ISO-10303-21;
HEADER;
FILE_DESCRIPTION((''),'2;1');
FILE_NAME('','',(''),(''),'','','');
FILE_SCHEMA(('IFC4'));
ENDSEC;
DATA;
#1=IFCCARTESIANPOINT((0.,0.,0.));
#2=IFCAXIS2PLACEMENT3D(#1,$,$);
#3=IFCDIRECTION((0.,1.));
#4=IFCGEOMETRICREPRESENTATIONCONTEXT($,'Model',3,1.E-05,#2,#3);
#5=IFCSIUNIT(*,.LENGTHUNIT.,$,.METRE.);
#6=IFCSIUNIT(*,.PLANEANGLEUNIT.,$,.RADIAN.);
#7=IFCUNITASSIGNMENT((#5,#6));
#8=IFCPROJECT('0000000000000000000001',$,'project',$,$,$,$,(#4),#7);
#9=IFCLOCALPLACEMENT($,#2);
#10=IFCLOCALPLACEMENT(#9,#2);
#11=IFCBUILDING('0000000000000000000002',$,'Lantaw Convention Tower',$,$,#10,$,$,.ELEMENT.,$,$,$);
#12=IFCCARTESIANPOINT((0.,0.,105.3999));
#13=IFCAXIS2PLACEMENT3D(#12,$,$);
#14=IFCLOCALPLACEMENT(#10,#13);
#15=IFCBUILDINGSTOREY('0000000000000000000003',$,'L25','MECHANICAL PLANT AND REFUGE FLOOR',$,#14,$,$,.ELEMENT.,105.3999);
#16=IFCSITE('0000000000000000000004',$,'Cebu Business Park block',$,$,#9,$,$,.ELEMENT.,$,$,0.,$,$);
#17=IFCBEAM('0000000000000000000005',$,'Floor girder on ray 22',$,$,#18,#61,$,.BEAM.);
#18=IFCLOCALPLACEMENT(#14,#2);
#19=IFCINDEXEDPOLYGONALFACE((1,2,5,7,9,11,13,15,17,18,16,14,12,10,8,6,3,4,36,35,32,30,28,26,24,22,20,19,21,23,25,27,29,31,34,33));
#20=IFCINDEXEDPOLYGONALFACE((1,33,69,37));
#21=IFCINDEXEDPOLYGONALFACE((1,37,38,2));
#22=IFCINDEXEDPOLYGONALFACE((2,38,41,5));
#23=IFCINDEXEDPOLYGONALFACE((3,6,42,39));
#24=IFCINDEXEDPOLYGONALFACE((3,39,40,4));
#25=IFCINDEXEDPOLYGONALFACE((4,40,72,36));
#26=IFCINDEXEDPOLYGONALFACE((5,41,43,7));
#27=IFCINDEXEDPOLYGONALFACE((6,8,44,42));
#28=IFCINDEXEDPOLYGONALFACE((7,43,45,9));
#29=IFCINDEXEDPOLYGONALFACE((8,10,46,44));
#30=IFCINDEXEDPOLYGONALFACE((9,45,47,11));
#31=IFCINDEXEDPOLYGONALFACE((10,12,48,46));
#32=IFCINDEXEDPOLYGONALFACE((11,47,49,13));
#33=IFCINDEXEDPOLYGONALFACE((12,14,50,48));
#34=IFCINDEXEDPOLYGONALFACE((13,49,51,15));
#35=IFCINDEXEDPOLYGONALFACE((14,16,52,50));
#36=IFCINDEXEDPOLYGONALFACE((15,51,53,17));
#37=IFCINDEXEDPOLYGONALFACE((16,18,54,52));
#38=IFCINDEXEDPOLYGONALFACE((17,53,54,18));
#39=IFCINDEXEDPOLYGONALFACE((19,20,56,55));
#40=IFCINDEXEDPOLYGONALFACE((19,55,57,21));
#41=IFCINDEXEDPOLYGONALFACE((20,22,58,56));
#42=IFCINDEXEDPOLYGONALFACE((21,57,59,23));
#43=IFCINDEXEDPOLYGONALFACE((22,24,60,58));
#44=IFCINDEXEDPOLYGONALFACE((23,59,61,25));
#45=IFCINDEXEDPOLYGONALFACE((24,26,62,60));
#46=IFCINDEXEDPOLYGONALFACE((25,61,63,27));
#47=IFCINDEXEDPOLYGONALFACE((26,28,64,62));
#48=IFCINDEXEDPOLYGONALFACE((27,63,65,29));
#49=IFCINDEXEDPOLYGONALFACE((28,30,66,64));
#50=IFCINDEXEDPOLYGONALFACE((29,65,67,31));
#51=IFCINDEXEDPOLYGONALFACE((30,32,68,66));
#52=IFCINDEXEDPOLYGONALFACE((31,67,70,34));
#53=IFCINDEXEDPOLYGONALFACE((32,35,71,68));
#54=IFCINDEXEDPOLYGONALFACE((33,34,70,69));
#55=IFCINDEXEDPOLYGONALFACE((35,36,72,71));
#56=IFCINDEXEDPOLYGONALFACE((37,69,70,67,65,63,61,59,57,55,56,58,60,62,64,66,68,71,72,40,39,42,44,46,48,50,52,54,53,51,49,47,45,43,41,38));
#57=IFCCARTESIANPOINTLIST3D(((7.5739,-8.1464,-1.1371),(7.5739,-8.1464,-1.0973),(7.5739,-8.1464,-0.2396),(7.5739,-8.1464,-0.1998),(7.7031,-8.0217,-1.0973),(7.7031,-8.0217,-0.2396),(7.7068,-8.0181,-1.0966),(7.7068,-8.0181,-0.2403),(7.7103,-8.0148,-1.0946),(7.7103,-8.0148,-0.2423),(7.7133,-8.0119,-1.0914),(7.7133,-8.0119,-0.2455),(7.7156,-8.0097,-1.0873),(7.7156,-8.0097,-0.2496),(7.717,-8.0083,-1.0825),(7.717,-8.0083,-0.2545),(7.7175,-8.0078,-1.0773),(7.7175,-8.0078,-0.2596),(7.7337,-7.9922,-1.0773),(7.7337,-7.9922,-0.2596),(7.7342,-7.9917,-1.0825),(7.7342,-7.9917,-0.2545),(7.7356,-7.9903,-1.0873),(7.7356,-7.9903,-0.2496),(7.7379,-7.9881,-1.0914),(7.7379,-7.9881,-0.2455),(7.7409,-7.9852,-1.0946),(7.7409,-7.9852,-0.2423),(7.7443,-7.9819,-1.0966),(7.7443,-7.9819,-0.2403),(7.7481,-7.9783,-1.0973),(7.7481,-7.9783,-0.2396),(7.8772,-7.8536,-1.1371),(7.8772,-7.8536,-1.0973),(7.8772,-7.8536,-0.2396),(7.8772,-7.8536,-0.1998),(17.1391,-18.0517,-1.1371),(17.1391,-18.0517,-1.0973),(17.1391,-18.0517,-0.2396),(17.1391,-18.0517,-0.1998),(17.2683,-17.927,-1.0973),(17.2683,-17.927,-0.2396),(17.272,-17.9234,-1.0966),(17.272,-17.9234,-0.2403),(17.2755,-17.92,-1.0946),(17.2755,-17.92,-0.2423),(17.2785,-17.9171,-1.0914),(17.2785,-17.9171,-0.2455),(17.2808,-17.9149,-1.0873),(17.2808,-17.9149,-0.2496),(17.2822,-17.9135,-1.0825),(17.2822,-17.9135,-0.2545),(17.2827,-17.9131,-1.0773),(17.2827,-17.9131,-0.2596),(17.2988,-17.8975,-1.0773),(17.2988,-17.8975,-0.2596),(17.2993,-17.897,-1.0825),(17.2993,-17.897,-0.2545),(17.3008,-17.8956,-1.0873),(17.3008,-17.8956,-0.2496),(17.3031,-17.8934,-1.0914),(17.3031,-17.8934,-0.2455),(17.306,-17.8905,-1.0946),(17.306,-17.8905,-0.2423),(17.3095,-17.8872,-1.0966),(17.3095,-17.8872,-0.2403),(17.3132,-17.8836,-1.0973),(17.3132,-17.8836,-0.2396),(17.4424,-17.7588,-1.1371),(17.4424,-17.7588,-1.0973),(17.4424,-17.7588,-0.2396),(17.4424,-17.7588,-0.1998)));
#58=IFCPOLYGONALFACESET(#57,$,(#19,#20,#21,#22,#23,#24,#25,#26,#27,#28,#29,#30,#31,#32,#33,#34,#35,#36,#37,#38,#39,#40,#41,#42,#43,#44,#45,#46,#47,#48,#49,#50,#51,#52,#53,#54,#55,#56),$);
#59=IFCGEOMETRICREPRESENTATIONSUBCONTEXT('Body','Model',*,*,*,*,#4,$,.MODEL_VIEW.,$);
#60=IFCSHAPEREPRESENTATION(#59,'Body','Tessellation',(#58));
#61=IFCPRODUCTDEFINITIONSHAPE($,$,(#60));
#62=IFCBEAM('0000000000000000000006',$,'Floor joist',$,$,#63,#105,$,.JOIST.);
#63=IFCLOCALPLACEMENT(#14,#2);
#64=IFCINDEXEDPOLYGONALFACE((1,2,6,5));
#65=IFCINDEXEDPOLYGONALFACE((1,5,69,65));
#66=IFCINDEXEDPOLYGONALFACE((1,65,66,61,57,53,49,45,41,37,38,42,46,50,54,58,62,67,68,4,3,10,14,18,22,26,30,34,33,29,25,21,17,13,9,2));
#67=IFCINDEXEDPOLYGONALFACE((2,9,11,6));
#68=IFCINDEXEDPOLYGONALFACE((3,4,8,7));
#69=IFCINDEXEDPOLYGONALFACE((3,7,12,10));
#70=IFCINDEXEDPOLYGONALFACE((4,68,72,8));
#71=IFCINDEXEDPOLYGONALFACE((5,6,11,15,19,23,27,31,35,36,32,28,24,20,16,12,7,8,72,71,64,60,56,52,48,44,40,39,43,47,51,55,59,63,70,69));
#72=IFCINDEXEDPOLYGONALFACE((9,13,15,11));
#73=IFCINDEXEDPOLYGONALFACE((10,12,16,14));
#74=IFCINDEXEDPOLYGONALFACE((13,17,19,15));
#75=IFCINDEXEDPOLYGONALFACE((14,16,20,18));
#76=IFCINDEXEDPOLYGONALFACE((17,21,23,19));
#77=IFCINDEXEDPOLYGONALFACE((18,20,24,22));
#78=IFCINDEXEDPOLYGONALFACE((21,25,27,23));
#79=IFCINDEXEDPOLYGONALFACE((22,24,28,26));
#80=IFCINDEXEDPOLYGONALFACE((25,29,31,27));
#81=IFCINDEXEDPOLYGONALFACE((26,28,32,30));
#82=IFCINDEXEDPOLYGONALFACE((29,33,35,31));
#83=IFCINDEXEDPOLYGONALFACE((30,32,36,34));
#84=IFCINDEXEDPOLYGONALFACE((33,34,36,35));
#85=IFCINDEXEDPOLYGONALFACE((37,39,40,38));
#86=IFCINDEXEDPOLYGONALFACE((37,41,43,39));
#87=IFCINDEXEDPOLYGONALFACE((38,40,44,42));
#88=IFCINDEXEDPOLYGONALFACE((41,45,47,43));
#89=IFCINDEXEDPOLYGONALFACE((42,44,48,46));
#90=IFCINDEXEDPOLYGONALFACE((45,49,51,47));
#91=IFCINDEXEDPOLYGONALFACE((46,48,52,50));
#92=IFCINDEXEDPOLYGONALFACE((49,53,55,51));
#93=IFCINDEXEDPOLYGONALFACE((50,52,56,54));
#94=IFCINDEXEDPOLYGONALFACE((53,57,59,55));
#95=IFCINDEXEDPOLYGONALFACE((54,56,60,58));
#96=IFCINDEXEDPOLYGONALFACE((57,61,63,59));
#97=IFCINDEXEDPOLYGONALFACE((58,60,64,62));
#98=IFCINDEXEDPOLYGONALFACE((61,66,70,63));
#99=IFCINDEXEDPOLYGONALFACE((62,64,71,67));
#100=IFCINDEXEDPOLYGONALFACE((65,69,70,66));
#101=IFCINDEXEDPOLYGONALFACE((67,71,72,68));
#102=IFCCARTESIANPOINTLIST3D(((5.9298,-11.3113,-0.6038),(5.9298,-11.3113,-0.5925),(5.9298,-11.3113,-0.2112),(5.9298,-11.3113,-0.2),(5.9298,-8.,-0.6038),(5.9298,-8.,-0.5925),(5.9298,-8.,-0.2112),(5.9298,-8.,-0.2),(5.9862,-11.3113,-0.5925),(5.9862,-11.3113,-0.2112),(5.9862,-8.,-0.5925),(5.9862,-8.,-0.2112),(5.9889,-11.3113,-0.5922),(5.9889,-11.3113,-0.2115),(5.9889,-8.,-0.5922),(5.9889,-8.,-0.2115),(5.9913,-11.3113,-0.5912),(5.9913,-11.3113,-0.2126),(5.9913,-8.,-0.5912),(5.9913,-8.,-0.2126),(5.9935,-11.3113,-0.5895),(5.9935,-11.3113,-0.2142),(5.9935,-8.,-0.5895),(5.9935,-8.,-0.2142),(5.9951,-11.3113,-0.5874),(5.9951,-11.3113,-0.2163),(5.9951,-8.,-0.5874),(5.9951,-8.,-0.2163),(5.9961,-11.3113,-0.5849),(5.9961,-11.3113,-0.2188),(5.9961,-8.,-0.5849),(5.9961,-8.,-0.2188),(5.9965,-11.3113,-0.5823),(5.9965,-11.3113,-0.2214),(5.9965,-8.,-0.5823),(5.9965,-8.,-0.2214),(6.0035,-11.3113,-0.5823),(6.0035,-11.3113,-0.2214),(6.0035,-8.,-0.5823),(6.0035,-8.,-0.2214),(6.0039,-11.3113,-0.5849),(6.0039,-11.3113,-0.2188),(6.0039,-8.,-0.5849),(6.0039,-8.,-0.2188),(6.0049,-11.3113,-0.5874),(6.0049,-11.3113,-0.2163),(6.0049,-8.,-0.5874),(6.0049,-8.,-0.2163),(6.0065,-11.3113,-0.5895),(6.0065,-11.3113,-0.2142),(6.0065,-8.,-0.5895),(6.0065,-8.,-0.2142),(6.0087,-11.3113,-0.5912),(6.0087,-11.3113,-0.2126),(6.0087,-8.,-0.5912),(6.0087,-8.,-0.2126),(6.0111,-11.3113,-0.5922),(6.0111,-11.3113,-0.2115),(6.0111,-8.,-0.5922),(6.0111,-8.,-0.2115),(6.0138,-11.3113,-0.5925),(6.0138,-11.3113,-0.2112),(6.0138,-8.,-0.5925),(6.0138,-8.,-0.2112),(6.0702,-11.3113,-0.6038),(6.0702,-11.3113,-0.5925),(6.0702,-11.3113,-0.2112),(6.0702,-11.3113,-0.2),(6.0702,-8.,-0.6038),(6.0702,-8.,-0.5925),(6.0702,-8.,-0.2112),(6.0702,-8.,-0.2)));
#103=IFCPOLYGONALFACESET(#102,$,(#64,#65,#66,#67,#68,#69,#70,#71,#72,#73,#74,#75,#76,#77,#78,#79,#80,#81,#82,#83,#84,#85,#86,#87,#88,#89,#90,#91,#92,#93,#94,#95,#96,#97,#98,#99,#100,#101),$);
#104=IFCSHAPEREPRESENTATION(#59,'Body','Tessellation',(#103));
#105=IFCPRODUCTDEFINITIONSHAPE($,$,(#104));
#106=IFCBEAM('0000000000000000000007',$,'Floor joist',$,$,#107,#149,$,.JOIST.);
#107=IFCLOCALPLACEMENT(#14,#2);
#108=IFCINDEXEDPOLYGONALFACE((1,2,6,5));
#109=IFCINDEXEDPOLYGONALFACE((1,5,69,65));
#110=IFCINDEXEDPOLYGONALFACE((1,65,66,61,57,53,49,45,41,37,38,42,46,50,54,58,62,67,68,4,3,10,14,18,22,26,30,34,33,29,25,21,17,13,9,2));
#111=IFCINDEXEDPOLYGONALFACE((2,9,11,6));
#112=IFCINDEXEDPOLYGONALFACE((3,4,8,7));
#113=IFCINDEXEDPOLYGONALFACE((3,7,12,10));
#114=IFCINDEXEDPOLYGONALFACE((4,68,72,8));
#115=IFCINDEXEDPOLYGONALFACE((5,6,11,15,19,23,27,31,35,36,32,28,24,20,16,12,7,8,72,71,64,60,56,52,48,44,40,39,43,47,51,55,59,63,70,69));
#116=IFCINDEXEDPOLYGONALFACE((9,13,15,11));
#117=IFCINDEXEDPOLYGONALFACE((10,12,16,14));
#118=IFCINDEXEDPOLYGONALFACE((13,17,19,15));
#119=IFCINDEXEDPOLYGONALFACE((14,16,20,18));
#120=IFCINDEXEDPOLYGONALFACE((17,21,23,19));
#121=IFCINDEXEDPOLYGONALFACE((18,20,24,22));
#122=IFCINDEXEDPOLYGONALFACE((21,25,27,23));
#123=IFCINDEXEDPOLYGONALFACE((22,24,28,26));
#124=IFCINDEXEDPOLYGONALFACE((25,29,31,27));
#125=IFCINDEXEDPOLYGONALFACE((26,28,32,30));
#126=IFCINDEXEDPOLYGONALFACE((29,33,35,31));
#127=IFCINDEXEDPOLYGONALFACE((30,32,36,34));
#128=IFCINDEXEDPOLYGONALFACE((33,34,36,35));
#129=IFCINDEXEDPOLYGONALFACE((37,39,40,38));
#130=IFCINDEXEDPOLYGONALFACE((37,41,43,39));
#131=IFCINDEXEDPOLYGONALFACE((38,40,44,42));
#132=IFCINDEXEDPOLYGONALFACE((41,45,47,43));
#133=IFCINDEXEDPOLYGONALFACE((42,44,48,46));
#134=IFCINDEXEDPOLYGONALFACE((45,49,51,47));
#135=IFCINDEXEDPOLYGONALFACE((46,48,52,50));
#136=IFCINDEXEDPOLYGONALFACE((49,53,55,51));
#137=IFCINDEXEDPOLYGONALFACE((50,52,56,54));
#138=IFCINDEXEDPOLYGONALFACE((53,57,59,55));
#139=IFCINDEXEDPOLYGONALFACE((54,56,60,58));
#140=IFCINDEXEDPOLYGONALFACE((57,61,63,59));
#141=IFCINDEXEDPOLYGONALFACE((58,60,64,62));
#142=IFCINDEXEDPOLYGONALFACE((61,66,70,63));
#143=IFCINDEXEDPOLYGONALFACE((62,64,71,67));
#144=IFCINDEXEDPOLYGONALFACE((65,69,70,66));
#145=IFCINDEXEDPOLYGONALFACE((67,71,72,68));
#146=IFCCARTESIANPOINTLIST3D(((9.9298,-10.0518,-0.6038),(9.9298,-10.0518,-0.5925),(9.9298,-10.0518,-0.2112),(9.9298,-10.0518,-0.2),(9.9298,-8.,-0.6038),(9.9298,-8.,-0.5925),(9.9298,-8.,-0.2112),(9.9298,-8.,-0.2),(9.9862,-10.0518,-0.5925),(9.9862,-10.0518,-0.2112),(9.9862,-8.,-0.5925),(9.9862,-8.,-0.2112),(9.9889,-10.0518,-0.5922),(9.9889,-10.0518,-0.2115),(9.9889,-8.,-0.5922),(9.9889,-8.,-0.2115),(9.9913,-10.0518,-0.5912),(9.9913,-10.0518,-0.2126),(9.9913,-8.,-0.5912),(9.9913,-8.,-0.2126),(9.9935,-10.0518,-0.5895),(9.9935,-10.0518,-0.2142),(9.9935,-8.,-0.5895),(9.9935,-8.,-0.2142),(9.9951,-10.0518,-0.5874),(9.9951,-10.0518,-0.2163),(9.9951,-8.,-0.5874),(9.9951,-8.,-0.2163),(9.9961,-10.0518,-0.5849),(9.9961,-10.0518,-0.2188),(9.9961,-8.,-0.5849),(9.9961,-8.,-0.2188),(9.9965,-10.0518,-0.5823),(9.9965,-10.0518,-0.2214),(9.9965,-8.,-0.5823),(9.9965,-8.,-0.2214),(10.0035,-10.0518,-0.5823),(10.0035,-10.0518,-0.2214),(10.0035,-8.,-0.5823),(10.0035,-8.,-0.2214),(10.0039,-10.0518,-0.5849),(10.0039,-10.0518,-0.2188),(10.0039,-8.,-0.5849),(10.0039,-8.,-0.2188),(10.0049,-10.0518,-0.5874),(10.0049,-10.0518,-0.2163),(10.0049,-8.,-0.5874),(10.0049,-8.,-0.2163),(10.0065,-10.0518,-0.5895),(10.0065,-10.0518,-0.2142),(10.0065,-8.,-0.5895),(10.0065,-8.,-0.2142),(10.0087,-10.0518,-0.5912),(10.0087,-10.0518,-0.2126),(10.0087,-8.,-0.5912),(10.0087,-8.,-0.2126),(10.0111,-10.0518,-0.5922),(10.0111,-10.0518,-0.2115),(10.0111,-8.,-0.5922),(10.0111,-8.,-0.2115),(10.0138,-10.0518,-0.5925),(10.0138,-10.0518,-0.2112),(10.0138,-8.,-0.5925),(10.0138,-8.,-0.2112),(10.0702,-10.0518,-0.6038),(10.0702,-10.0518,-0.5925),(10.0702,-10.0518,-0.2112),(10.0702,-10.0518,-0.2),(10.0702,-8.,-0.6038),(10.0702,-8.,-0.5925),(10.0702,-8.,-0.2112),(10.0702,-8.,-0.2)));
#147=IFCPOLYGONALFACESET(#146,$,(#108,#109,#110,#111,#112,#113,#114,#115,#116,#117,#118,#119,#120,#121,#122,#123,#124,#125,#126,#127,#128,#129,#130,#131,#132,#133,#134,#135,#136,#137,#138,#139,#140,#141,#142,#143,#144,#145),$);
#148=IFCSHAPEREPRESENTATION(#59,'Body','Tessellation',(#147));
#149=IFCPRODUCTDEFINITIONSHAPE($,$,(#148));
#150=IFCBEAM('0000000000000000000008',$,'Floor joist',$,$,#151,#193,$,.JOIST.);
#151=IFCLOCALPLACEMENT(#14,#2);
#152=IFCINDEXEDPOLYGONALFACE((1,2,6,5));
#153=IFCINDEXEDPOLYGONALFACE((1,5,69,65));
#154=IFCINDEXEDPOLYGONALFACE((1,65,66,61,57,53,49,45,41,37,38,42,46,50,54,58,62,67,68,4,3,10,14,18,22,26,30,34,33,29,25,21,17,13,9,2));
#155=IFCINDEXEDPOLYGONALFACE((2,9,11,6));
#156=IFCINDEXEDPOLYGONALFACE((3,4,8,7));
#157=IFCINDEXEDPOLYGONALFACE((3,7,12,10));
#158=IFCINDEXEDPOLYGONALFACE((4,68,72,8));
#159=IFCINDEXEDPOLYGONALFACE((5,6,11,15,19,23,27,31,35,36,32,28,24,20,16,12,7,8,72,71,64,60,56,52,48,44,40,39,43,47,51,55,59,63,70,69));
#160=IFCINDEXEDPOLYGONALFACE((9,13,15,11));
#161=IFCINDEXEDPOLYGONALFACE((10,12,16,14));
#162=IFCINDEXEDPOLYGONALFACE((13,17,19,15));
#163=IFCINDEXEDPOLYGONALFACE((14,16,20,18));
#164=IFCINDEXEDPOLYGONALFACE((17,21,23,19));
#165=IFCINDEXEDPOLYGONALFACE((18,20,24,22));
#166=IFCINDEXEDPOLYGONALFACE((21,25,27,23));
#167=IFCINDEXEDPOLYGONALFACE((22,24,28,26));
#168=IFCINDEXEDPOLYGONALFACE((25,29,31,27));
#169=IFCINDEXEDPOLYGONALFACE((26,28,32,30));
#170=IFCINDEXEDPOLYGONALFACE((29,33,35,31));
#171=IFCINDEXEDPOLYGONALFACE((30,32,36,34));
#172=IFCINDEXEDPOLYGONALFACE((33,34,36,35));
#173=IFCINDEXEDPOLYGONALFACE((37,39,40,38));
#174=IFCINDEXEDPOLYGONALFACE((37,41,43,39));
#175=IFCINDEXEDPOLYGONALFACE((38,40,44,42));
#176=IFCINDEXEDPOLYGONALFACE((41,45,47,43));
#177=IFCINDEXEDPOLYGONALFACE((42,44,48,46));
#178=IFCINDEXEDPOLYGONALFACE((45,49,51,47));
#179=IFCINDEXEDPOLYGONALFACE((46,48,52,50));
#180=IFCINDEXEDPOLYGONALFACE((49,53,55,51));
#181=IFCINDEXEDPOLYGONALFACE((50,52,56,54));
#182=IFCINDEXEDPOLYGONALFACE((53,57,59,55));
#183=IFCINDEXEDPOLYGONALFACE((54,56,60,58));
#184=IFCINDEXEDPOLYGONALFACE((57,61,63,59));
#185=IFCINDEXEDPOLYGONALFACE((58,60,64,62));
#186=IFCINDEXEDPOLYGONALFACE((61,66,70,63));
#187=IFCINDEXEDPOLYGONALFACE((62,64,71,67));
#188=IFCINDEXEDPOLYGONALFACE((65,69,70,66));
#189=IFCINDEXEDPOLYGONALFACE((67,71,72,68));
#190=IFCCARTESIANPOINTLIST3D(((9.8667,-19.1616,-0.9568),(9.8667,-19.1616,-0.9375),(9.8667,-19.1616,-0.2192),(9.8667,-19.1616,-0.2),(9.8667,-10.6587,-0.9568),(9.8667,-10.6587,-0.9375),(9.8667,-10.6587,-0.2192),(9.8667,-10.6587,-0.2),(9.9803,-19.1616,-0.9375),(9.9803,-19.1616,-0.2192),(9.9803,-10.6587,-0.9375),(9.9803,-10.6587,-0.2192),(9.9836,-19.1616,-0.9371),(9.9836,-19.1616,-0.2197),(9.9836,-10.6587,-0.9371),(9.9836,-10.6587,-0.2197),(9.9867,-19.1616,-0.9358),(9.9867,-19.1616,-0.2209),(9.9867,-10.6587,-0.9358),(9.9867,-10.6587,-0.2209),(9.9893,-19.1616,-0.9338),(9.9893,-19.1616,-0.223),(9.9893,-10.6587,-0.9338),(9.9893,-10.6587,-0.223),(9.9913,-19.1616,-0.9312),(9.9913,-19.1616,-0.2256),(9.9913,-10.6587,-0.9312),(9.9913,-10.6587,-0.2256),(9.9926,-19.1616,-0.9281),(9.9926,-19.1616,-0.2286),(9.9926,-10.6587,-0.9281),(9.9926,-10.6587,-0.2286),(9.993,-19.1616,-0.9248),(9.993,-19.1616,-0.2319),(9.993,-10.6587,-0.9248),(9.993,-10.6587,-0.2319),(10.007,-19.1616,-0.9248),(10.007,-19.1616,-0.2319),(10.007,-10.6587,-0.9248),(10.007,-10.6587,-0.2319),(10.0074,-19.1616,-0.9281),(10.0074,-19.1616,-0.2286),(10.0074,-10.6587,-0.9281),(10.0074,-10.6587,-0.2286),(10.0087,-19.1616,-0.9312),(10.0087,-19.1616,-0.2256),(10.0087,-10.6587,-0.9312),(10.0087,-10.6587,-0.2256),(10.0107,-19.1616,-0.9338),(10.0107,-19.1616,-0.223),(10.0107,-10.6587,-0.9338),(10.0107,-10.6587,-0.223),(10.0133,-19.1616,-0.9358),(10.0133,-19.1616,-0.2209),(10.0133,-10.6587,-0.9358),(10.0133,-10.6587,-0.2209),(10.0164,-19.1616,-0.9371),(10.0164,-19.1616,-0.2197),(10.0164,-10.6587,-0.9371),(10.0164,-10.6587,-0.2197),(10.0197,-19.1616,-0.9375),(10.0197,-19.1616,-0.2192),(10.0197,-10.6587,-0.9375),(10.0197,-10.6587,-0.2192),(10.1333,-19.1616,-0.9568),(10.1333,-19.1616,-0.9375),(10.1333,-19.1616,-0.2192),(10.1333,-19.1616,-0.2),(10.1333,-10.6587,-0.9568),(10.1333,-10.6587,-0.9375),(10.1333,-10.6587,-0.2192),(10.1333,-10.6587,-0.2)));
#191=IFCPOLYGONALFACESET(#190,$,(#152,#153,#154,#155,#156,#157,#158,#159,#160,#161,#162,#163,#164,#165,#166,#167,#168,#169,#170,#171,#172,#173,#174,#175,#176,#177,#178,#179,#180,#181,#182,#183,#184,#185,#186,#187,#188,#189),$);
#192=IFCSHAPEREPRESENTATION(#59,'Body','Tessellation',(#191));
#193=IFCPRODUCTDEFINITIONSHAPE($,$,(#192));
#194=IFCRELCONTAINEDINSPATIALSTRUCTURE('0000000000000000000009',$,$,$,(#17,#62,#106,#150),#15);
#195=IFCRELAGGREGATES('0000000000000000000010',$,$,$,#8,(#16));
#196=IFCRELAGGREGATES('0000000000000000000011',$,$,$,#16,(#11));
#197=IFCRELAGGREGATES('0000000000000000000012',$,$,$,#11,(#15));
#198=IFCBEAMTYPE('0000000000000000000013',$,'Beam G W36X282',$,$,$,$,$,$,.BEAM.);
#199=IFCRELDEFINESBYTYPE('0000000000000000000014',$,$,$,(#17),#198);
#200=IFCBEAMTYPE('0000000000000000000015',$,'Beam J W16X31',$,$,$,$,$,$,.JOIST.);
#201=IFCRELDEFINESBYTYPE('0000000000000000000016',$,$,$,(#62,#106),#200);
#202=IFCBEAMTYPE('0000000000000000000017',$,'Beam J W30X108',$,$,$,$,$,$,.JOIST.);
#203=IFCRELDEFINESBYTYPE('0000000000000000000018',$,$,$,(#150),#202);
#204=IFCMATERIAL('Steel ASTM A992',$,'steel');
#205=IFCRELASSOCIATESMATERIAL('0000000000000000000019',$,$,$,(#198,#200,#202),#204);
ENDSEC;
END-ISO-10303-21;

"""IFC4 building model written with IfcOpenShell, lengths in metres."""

from ifc_helpers import new_model, si_unit, direction, frame, origin, origin_2d, place, context, subcontext, project, spatial, i_section, extrude, material, material_profile, profile_set, type_object, element, save


model = new_model("IFC4")

# Units and contexts
model_context = context("Model", 3, precision=1e-05, world=origin(), true_north=direction((0.0, 1.0)))
body_context = subcontext(model_context, "Body", "Model", "MODEL_VIEW")
ifc_project = project(units=[si_unit("LENGTHUNIT", "METRE"), si_unit("PLANEANGLEUNIT", "RADIAN")], contexts=[model_context])

# Site, building, storey
site_placement = place(None, origin())
site = spatial("IfcSite", under=ifc_project, at=site_placement, Name="Cebu Business Park block", CompositionType="ELEMENT", RefElevation=0.0)
building_placement = place(site_placement, origin())
building = spatial("IfcBuilding", under=site, at=building_placement, Name="Lantaw Convention Tower", CompositionType="ELEMENT")
storey_placement = place(building_placement, frame((0.0, 0.0, 105.3999)))
storey = spatial("IfcBuildingStorey", under=building, at=storey_placement, Name="L25", Description="MECHANICAL PLANT AND REFUGE FLOOR", CompositionType="ELEMENT", Elevation=105.3999)

# Beams
ifc_material_1 = material(Name="Steel ASTM A992", Category="steel")
ifc_material_profile_1 = material_profile(ifc_material_1, i_section(OverallWidth=0.4216, OverallDepth=0.9373, WebThickness=0.0225, FlangeThickness=0.0398, FilletRadius=0.02, at=origin_2d()), Name="W36X282")
ifc_profile_set_1 = profile_set([ifc_material_profile_1], Name="Steel ASTM A992")
beam_type_1 = type_object("IfcBeamType", Name="Beam G W36X282", PredefinedType="BEAM", material=ifc_profile_set_1)
beam_1_placement = place(storey_placement, frame((7.7256, -8.0, -0.6685), z_axis=(0.69465, -0.719348, 0.0), x_axis=(0.719348, 0.69465, 0.0)))
element("IfcBeam", 1, at=beam_1_placement, inside=storey, type_object=beam_type_1, Name="Floor girder on ray 22", PredefinedType="BEAM", context=body_context, shape_type="SweptSolid", body=[
    extrude(i_section(OverallWidth=0.4216, OverallDepth=0.9373, WebThickness=0.0225, FlangeThickness=0.0398, FilletRadius=0.02, at=origin_2d()), origin(), (0.0, 0.0, 1.0), 13.7698),
])
ifc_material_profile_2 = material_profile(ifc_material_1, i_section(OverallWidth=0.1404, OverallDepth=0.4038, WebThickness=0.0071, FlangeThickness=0.0112, FilletRadius=0.0103, at=origin_2d()), Name="W16X31")
ifc_profile_set_2 = profile_set([ifc_material_profile_2], Name="Steel ASTM A992")
beam_type_2 = type_object("IfcBeamType", Name="Beam J W16X31", PredefinedType="JOIST", material=ifc_profile_set_2)
beam_2_placement = place(storey_placement, frame((6.0, -11.3113, -0.4019), z_axis=(0.0, 1.0, 0.0), x_axis=(-1.0, 0.0, 0.0)))
element("IfcBeam", 2, at=beam_2_placement, inside=storey, type_object=beam_type_2, Name="Floor joist", PredefinedType="JOIST", context=body_context, shape_type="SweptSolid", body=[
    extrude(i_section(OverallWidth=0.1404, OverallDepth=0.4038, WebThickness=0.0071, FlangeThickness=0.0112, FilletRadius=0.0103, at=origin_2d()), origin(), (0.0, 0.0, 1.0), 3.3113),
])
beam_3_placement = place(storey_placement, frame((10.0, -10.0518, -0.4019), z_axis=(0.0, 1.0, 0.0), x_axis=(-1.0, 0.0, 0.0)))
element("IfcBeam", 3, at=beam_3_placement, inside=storey, type_object=beam_type_2, Name="Floor joist", PredefinedType="JOIST", context=body_context, shape_type="SweptSolid", body=[
    extrude(i_section(OverallWidth=0.1404, OverallDepth=0.4038, WebThickness=0.0071, FlangeThickness=0.0112, FilletRadius=0.0103, at=origin_2d()), origin(), (0.0, 0.0, 1.0), 2.0518),
])
ifc_material_profile_3 = material_profile(ifc_material_1, i_section(OverallWidth=0.2666, OverallDepth=0.7568, WebThickness=0.0139, FlangeThickness=0.0193, FilletRadius=0.0127, at=origin_2d()), Name="W30X108")
ifc_profile_set_3 = profile_set([ifc_material_profile_3], Name="Steel ASTM A992")
beam_type_3 = type_object("IfcBeamType", Name="Beam J W30X108", PredefinedType="JOIST", material=ifc_profile_set_3)
beam_4_placement = place(storey_placement, frame((10.0, -19.1616, -0.5784), z_axis=(0.0, 1.0, 0.0), x_axis=(-1.0, 0.0, 0.0)))
element("IfcBeam", 4, at=beam_4_placement, inside=storey, type_object=beam_type_3, Name="Floor joist", PredefinedType="JOIST", context=body_context, shape_type="SweptSolid", body=[
    extrude(i_section(OverallWidth=0.2666, OverallDepth=0.7568, WebThickness=0.0139, FlangeThickness=0.0193, FilletRadius=0.0127, at=origin_2d()), origin(), (0.0, 0.0, 1.0), 8.5029),
])

save(model, "model.ifc")
